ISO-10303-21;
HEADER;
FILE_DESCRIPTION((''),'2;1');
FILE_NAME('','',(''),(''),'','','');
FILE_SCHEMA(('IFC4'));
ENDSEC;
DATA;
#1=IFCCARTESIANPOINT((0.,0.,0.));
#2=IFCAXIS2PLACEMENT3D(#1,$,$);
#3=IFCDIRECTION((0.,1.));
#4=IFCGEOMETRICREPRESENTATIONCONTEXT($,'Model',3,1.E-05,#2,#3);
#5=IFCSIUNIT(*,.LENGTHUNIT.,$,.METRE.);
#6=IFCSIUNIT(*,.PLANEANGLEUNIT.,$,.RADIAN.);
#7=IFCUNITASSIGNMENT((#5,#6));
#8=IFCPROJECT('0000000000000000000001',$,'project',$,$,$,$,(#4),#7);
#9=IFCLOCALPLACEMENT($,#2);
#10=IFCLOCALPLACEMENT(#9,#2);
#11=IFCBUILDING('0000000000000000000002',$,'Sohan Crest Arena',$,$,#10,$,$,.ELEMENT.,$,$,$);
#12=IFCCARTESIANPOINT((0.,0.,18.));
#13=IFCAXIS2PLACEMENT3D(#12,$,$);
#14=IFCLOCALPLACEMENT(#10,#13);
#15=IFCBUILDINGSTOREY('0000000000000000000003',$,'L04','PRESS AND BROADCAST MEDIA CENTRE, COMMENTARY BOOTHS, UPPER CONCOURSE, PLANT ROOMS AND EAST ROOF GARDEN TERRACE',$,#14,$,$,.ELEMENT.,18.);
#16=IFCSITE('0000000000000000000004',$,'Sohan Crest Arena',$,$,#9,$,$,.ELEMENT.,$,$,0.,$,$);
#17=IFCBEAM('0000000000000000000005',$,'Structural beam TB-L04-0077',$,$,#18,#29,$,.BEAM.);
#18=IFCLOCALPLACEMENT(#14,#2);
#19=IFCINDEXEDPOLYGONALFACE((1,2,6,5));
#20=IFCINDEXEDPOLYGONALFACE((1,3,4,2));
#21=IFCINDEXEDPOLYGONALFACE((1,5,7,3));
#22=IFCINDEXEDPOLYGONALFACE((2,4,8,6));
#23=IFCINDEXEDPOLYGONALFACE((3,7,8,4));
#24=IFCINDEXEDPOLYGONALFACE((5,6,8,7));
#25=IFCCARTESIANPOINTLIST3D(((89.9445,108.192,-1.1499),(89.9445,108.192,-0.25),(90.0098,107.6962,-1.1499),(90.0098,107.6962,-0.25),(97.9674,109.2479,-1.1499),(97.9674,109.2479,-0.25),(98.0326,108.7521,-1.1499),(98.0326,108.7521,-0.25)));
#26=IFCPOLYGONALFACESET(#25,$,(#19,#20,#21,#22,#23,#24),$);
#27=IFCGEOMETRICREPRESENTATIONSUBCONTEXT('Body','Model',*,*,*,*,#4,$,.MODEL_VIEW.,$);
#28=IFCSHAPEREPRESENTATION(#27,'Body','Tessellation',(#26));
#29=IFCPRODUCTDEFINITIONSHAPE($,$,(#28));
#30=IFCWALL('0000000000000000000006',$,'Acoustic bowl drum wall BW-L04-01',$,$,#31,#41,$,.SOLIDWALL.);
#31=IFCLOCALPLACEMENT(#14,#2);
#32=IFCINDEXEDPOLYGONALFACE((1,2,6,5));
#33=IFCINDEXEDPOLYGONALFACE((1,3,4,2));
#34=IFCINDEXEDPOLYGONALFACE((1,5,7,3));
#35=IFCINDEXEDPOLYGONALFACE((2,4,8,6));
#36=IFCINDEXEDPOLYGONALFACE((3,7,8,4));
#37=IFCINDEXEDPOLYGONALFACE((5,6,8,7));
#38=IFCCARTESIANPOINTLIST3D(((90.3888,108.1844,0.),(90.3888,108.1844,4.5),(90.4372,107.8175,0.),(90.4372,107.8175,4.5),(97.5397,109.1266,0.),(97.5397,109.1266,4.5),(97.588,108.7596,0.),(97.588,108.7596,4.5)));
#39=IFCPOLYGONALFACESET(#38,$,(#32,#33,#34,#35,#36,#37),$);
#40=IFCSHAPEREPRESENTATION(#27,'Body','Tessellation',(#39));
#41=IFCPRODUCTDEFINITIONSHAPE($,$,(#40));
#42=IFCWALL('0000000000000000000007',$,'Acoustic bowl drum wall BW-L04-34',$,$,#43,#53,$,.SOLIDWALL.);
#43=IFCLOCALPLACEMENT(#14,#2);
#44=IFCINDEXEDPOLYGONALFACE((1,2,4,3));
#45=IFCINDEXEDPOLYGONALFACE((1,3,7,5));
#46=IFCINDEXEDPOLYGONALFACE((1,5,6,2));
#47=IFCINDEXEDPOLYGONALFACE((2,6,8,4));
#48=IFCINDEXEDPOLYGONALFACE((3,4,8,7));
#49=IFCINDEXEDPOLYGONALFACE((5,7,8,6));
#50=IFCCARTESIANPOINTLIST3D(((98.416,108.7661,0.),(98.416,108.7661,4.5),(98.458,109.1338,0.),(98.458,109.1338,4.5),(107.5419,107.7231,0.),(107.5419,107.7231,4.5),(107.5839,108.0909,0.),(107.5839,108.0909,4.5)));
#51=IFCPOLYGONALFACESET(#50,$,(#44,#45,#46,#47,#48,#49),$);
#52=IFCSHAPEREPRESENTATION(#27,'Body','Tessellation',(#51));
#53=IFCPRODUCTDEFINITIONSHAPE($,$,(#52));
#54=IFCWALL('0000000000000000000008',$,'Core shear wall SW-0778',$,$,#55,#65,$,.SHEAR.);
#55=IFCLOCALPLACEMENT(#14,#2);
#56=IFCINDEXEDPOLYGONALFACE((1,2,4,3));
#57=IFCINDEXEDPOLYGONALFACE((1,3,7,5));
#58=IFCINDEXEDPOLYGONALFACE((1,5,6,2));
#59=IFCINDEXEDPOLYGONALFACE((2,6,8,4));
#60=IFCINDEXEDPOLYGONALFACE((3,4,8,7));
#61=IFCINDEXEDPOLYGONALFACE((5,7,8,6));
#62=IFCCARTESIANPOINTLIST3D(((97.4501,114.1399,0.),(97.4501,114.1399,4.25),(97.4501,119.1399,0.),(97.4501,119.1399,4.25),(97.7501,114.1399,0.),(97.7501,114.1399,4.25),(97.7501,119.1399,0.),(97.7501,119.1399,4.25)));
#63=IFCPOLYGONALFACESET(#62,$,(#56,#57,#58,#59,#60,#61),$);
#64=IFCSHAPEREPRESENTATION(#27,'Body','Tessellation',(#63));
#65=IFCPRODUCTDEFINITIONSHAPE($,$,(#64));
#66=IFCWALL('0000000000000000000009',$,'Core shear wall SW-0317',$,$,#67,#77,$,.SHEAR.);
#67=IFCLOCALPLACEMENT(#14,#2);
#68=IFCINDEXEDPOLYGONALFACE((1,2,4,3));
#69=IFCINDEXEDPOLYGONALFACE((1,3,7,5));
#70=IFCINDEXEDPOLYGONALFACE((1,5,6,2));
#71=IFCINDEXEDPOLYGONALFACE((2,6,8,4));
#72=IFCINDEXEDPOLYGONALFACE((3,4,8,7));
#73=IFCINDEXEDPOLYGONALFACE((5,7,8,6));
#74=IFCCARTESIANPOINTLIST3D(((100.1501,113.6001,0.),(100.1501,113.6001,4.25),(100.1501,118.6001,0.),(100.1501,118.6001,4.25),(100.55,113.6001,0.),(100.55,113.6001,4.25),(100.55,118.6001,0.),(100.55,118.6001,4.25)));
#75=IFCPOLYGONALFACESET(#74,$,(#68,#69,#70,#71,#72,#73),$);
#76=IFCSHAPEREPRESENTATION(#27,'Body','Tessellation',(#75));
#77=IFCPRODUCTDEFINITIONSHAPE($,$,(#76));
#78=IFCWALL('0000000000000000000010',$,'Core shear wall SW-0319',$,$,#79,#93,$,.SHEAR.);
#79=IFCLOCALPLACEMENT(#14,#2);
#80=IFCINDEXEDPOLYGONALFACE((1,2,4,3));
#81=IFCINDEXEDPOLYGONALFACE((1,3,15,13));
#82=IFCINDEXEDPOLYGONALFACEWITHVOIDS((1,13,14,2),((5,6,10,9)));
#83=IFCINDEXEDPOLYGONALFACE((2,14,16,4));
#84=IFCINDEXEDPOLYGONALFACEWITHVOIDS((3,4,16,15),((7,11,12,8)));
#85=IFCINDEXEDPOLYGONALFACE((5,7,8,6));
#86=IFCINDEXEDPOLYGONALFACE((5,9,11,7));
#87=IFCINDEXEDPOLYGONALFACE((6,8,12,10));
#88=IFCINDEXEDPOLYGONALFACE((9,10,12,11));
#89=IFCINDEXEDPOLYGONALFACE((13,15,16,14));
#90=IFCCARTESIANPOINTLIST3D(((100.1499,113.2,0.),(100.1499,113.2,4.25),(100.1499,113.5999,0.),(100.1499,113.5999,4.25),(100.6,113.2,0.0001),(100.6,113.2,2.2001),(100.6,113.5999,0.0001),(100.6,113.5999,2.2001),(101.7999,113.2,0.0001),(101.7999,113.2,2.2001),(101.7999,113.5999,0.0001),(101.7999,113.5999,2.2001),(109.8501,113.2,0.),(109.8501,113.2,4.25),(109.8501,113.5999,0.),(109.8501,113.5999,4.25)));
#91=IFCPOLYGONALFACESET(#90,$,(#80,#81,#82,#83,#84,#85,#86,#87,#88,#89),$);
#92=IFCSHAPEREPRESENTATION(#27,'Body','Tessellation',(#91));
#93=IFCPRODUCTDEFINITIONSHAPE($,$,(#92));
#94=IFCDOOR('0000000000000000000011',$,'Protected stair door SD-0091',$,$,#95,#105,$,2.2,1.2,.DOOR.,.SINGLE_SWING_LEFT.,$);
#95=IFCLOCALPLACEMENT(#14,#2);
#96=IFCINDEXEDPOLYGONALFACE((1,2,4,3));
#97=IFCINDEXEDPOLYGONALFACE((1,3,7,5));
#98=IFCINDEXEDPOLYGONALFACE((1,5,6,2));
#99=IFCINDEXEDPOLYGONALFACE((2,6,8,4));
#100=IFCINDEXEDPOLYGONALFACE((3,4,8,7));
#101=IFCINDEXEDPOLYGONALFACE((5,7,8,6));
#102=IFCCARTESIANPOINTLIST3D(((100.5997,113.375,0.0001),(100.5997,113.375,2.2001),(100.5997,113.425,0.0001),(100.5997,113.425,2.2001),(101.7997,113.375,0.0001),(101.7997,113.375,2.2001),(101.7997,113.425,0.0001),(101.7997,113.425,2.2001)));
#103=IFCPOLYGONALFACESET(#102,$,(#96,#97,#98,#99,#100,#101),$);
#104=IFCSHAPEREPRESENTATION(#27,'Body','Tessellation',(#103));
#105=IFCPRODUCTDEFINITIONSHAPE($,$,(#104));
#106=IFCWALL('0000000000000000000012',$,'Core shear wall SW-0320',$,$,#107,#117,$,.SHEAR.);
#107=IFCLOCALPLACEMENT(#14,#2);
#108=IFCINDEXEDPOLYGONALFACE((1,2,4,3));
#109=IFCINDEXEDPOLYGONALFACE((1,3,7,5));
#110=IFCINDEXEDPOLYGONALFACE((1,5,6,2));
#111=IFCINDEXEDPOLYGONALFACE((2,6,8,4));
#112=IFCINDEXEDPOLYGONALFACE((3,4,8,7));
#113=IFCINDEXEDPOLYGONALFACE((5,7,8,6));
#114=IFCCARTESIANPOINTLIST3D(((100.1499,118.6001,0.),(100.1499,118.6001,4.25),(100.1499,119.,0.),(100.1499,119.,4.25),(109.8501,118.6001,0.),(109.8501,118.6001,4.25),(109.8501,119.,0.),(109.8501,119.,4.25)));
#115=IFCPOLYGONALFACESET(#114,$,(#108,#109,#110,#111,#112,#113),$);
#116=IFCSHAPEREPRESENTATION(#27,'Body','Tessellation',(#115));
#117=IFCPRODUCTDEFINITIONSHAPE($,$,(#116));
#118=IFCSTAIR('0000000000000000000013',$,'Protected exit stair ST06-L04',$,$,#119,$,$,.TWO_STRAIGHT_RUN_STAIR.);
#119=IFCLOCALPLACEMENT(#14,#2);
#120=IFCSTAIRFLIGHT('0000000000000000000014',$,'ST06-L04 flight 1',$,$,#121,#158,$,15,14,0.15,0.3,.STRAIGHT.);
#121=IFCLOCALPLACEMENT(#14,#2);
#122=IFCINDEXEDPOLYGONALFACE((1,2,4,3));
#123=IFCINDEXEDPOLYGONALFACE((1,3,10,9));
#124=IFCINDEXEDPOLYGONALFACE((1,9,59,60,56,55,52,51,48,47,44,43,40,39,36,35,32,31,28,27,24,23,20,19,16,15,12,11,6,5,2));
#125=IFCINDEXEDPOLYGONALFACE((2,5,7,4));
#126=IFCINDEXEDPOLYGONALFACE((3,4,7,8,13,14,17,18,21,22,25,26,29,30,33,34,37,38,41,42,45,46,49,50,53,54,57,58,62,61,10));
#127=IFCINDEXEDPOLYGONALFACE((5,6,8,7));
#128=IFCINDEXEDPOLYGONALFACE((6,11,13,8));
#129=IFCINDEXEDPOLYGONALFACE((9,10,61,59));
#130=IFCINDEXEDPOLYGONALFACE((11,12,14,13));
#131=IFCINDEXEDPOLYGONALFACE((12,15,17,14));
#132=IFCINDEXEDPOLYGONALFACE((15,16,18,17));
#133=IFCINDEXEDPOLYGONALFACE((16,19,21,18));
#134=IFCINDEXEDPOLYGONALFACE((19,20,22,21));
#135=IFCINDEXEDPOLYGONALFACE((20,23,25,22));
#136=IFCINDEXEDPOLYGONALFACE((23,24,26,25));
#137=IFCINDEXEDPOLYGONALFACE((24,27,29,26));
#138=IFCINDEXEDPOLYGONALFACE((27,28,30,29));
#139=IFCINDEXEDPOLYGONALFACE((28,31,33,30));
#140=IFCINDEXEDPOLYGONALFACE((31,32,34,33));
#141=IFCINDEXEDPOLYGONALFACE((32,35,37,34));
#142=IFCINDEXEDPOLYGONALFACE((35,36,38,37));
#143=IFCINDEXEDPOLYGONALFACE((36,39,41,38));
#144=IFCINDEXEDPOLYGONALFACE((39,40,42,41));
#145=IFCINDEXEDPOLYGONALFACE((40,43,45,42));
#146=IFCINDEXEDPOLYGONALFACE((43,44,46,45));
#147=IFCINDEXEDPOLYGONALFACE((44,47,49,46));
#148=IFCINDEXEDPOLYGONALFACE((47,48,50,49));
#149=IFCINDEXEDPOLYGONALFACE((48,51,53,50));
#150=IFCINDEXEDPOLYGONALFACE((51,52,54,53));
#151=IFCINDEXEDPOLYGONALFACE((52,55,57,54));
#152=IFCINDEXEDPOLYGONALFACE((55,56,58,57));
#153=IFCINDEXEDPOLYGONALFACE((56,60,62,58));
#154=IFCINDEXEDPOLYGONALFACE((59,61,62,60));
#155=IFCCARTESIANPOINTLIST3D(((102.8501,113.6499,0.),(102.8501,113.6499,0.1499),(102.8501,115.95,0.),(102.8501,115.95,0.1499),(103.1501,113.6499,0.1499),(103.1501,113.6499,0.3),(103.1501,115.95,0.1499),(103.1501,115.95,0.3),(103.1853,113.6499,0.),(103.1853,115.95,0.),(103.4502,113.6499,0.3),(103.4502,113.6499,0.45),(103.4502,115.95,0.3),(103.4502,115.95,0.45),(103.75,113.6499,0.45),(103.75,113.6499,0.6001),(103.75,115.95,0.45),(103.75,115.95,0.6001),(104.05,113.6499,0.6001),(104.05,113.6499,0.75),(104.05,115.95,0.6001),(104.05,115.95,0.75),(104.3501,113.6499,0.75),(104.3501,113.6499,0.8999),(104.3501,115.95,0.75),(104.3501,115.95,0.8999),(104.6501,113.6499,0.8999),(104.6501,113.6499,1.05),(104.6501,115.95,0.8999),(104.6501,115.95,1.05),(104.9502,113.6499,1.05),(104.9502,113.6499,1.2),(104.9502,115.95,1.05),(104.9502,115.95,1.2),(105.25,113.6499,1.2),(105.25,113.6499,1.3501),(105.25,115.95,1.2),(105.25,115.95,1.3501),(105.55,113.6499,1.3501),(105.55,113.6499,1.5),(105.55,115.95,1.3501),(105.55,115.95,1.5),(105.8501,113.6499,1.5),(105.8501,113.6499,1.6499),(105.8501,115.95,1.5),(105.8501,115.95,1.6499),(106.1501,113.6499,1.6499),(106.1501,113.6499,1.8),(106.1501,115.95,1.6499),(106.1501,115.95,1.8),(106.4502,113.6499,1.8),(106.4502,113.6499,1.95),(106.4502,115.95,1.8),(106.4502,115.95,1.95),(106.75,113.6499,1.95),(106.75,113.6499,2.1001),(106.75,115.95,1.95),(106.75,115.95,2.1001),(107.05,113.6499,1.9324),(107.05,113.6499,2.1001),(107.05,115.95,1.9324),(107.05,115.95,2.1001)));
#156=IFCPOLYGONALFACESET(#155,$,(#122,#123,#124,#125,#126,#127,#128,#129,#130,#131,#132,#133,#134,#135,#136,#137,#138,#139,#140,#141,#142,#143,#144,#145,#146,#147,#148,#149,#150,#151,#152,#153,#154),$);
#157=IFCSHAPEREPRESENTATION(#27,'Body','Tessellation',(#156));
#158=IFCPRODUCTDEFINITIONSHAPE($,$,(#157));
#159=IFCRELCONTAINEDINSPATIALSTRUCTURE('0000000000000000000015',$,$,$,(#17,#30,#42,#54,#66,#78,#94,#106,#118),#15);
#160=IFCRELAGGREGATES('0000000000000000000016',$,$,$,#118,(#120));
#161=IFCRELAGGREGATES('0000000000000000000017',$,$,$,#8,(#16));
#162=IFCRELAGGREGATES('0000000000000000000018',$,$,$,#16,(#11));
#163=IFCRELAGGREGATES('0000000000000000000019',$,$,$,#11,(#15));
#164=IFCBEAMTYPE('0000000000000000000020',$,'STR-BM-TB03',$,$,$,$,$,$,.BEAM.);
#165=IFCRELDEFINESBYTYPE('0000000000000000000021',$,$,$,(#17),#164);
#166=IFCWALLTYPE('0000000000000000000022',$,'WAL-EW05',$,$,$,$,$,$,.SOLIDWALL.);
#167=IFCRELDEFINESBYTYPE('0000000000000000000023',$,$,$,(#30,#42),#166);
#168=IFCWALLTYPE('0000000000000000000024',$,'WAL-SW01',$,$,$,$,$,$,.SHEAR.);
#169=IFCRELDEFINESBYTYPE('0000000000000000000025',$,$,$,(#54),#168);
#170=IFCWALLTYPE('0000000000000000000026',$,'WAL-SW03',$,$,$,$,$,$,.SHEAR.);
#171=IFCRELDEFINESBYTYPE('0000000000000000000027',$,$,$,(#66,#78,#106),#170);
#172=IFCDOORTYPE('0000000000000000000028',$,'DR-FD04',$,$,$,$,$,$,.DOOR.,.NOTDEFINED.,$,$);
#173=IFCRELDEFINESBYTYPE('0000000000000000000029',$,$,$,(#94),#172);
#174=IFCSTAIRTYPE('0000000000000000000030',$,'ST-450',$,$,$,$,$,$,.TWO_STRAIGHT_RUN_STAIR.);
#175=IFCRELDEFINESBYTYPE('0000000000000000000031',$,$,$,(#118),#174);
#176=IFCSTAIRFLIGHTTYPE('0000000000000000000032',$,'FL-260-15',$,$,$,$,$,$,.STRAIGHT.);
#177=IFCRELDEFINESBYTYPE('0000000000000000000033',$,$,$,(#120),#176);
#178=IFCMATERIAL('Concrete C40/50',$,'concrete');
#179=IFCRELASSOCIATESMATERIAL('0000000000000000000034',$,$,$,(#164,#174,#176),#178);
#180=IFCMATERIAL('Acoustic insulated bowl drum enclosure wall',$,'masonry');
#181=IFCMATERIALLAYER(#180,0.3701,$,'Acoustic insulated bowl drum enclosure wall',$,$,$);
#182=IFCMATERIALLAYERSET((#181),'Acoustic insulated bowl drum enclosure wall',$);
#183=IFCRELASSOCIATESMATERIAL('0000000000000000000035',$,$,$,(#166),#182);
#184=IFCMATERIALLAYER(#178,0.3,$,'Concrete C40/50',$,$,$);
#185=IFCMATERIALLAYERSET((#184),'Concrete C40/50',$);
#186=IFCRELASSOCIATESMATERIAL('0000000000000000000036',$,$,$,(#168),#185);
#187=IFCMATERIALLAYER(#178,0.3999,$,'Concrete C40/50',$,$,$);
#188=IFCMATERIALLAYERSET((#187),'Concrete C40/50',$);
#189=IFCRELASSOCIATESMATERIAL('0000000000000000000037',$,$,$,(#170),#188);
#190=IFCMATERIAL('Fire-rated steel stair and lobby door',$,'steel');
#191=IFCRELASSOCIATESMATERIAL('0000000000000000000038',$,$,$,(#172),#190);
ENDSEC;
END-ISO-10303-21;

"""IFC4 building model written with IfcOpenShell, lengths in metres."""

from ifc_helpers import new_model, si_unit, direction, frame, frame_2d, origin, origin_2d, place, context, subcontext, project, spatial, polyline, rectangle, outline, extrude, material, layer, layer_set, material_profile, profile_set, type_object, element, fill, aggregate, save


model = new_model("IFC4")

# Units and contexts
model_context = context("Model", 3, precision=1e-05, world=origin(), true_north=direction((0.0, 1.0)))
body_context = subcontext(model_context, "Body", "Model", "MODEL_VIEW")
ifc_project = project(units=[si_unit("LENGTHUNIT", "METRE"), si_unit("PLANEANGLEUNIT", "RADIAN")], contexts=[model_context])

# Site, building, storey
site_placement = place(None, origin())
site = spatial("IfcSite", under=ifc_project, at=site_placement, Name="Sohan Crest Arena", CompositionType="ELEMENT", RefElevation=0.0)
building_placement = place(site_placement, origin())
building = spatial("IfcBuilding", under=site, at=building_placement, Name="Sohan Crest Arena", CompositionType="ELEMENT")
storey_placement = place(building_placement, frame((0.0, 0.0, 18.0)))
storey = spatial("IfcBuildingStorey", under=building, at=storey_placement, Name="L04", Description="PRESS AND BROADCAST MEDIA CENTRE, COMMENTARY BOOTHS, UPPER CONCOURSE, PLANT ROOMS AND EAST ROOF GARDEN TERRACE", CompositionType="ELEMENT", Elevation=18.0)

# Shared definitions
ifc_material_1 = material(Name="Concrete C40/50", Category="concrete")

# Beam
ifc_material_profile_1 = material_profile(ifc_material_1, rectangle(XDim=0.5, YDim=0.8999, at=origin_2d()), Name="RC-BM 500x900")
ifc_profile_set_1 = profile_set([ifc_material_profile_1], Name="Concrete C40/50")
beam_type_1 = type_object("IfcBeamType", Name="STR-BM-TB03", PredefinedType="BEAM", material=ifc_profile_set_1)
beam_1_placement = place(storey_placement, frame((98.0, 109.0, -0.7), z_axis=(-0.99145, -0.130486, 0.0), x_axis=(0.130486, -0.99145, 0.0)))
element("IfcBeam", 1, at=beam_1_placement, inside=storey, type_object=beam_type_1, Name="Structural beam TB-L04-0077", PredefinedType="BEAM", context=body_context, shape_type="SweptSolid", body=[
    extrude(rectangle(XDim=0.5, YDim=0.8999, at=origin_2d()), origin(), (0.0, 0.0, 1.0), 8.092),
])

# Walls
ifc_material_2 = material(Name="Acoustic insulated bowl drum enclosure wall", Category="masonry")
ifc_layer_1 = layer(ifc_material_2, 0.3701, Name="Acoustic insulated bowl drum enclosure wall")
ifc_layer_set_1 = layer_set([ifc_layer_1], Name="Acoustic insulated bowl drum enclosure wall")
wall_type_1 = type_object("IfcWallType", Name="WAL-EW05", PredefinedType="SOLIDWALL", material=ifc_layer_set_1)
wall_1_placement = place(storey_placement, frame((97.564, 108.9431, 0.0), z_axis=(0.0, 0.0, 1.0), x_axis=(-0.991432, -0.130623, 0.0)))
element("IfcWall", 2, at=wall_1_placement, inside=storey, type_object=wall_type_1, Name="Acoustic bowl drum wall BW-L04-01", PredefinedType="SOLIDWALL", context=body_context, shape_type="SweptSolid", body=[
    extrude(rectangle(XDim=7.2126, YDim=0.3701, at=frame_2d((3.6064, 0.0))), origin(), (0.0, 0.0, 1.0), 4.5),
])
wall_2_placement = place(storey_placement, frame((107.563, 107.907, 0.0), z_axis=(0.0, 0.0, 1.0), x_axis=(-0.993533, 0.113547, 0.0)))
element("IfcWall", 3, at=wall_2_placement, inside=storey, type_object=wall_type_1, Name="Acoustic bowl drum wall BW-L04-34", PredefinedType="SOLIDWALL", context=body_context, shape_type="SweptSolid", body=[
    extrude(rectangle(XDim=9.1853, YDim=0.3701, at=frame_2d((4.5928, 0.0))), origin(), (0.0, 0.0, 1.0), 4.5),
])
ifc_layer_2 = layer(ifc_material_1, 0.3, Name="Concrete C40/50")
ifc_layer_set_2 = layer_set([ifc_layer_2], Name="Concrete C40/50")
wall_type_2 = type_object("IfcWallType", Name="WAL-SW01", PredefinedType="SHEAR", material=ifc_layer_set_2)
wall_3_placement = place(storey_placement, frame((97.6001, 114.1399, 0.0), z_axis=(0.0, 0.0, 1.0), x_axis=(0.0, 1.0, 0.0)))
element("IfcWall", 4, at=wall_3_placement, inside=storey, type_object=wall_type_2, Name="Core shear wall SW-0778", PredefinedType="SHEAR", context=body_context, shape_type="SweptSolid", body=[
    extrude(rectangle(XDim=5.0, YDim=0.3, at=frame_2d((2.5, 0.0))), origin(), (0.0, 0.0, 1.0), 4.25),
])
ifc_layer_3 = layer(ifc_material_1, 0.3999, Name="Concrete C40/50")
ifc_layer_set_3 = layer_set([ifc_layer_3], Name="Concrete C40/50")
wall_type_3 = type_object("IfcWallType", Name="WAL-SW03", PredefinedType="SHEAR", material=ifc_layer_set_3)
wall_4_placement = place(storey_placement, frame((100.3501, 113.6001, 0.0), z_axis=(0.0, 0.0, 1.0), x_axis=(0.0, 1.0, 0.0)))
element("IfcWall", 5, at=wall_4_placement, inside=storey, type_object=wall_type_3, Name="Core shear wall SW-0317", PredefinedType="SHEAR", context=body_context, shape_type="SweptSolid", body=[
    extrude(rectangle(XDim=5.0, YDim=0.3999, at=frame_2d((2.5, 0.0))), origin(), (0.0, 0.0, 1.0), 4.25),
])

# Wall, opening, door
wall_5_placement = place(storey_placement, frame((100.1499, 113.3999, 0.0), z_axis=(0.0, 0.0, 1.0), x_axis=(1.0, 0.0, 0.0)))
wall_5 = element("IfcWall", 6, at=wall_5_placement, inside=storey, type_object=wall_type_3, Name="Core shear wall SW-0319", PredefinedType="SHEAR", context=body_context, shape_type="SweptSolid", body=[
    extrude(rectangle(XDim=9.7002, YDim=0.3999, at=frame_2d((4.8501, 0.0))), origin(), (0.0, 0.0, 1.0), 4.25),
])
opening_placement = place(wall_5_placement, frame((0.45, 0.0, 0.0)))
opening = element("IfcOpeningElement", 7, at=opening_placement, cuts=wall_5, PredefinedType="OPENING", context=body_context, shape_type="SweptSolid", body=[
    extrude(rectangle(XDim=1.2, YDim=2.2, at=frame_2d((0.6001, 1.1001))), frame((0.0, 0.21, 0.0), z_axis=(0.0, -1.0, 0.0), x_axis=(1.0, 0.0, 0.0)), (0.0, 0.0, 1.0), 0.4199),
])
ifc_material_3 = material(Name="Fire-rated steel stair and lobby door", Category="steel")
door_type = type_object("IfcDoorType", Name="DR-FD04", OperationType="NOTDEFINED", PredefinedType="DOOR", material=ifc_material_3)
door_placement = place(opening_placement, frame((1.2, 0.0, 0.0), z_axis=(0.0, 0.0, 1.0), x_axis=(-1.0, 0.0, 0.0)))
door = element("IfcDoor", 8, at=door_placement, inside=storey, type_object=door_type, Name="Protected stair door SD-0091", OperationType="SINGLE_SWING_LEFT", OverallHeight=2.2, OverallWidth=1.2, PredefinedType="DOOR", context=body_context, shape_type="SweptSolid", body=[
    extrude(rectangle(XDim=1.2, YDim=2.2, at=frame_2d((0.6001, 1.1001))), frame((0.0, 0.0249, 0.0), z_axis=(0.0, -1.0, 0.0), x_axis=(1.0, 0.0, 0.0)), (0.0, 0.0, 1.0), 0.05),
])
fill(opening, door)

# Wall
wall_6_placement = place(storey_placement, frame((100.1499, 118.8, 0.0), z_axis=(0.0, 0.0, 1.0), x_axis=(1.0, 0.0, 0.0)))
element("IfcWall", 9, at=wall_6_placement, inside=storey, type_object=wall_type_3, Name="Core shear wall SW-0320", PredefinedType="SHEAR", context=body_context, shape_type="SweptSolid", body=[
    extrude(rectangle(XDim=9.7002, YDim=0.3999, at=frame_2d((4.8501, 0.0))), origin(), (0.0, 0.0, 1.0), 4.25),
])

# Stair, stair flight
stair_type = type_object("IfcStairType", Name="ST-450", PredefinedType="TWO_STRAIGHT_RUN_STAIR", material=ifc_material_1)
stair_placement = place(storey_placement, origin())
stair = element("IfcStair", 10, at=stair_placement, inside=storey, type_object=stair_type, Name="Protected exit stair ST06-L04", PredefinedType="TWO_STRAIGHT_RUN_STAIR")
stair_flight_type = type_object("IfcStairFlightType", Name="FL-260-15", PredefinedType="STRAIGHT", material=ifc_material_1)
stair_flight_1_placement = place(storey_placement, frame((102.8501, 114.8, 0.0), z_axis=(0.0, 0.0, 1.0), x_axis=(1.0, 0.0, 0.0)))
stair_flight_1 = element("IfcStairFlight", 11, at=stair_flight_1_placement, type_object=stair_flight_type, Name="ST06-L04 flight 1", NumberOfRisers=15, NumberOfTreads=14, PredefinedType="STRAIGHT", RiserHeight=0.15, TreadLength=0.3, context=body_context, shape_type="SweptSolid", body=[
    extrude(outline(polyline([(0.0, 0.0), (0.0, 0.1499), (0.3, 0.1499), (0.3, 0.3), (0.6001, 0.3), (0.6001, 0.45), (0.8999, 0.45), (0.8999, 0.6001), (1.2, 0.6001), (1.2, 0.75), (1.5, 0.75), (1.5, 0.8999), (1.8, 0.8999), (1.8, 1.05), (2.1001, 1.05), (2.1001, 1.2), (2.3999, 1.2), (2.3999, 1.3501), (2.7, 1.3501), (2.7, 1.5), (3.0, 1.5), (3.0, 1.6499), (3.3, 1.6499), (3.3, 1.8), (3.6001, 1.8), (3.6001, 1.95), (3.8999, 1.95), (3.8999, 2.1001), (4.2, 2.1001), (4.2, 2.25), (4.2, 1.9324), (0.3352, 0.0), (0.0, 0.0)])), frame((0.0, 1.1499, 0.0), z_axis=(0.0, -1.0, 0.0), x_axis=(1.0, 0.0, 0.0)), (0.0, 0.0, 1.0), 2.3),
])
aggregate(stair, [stair_flight_1])

save(model, "model.ifc")
